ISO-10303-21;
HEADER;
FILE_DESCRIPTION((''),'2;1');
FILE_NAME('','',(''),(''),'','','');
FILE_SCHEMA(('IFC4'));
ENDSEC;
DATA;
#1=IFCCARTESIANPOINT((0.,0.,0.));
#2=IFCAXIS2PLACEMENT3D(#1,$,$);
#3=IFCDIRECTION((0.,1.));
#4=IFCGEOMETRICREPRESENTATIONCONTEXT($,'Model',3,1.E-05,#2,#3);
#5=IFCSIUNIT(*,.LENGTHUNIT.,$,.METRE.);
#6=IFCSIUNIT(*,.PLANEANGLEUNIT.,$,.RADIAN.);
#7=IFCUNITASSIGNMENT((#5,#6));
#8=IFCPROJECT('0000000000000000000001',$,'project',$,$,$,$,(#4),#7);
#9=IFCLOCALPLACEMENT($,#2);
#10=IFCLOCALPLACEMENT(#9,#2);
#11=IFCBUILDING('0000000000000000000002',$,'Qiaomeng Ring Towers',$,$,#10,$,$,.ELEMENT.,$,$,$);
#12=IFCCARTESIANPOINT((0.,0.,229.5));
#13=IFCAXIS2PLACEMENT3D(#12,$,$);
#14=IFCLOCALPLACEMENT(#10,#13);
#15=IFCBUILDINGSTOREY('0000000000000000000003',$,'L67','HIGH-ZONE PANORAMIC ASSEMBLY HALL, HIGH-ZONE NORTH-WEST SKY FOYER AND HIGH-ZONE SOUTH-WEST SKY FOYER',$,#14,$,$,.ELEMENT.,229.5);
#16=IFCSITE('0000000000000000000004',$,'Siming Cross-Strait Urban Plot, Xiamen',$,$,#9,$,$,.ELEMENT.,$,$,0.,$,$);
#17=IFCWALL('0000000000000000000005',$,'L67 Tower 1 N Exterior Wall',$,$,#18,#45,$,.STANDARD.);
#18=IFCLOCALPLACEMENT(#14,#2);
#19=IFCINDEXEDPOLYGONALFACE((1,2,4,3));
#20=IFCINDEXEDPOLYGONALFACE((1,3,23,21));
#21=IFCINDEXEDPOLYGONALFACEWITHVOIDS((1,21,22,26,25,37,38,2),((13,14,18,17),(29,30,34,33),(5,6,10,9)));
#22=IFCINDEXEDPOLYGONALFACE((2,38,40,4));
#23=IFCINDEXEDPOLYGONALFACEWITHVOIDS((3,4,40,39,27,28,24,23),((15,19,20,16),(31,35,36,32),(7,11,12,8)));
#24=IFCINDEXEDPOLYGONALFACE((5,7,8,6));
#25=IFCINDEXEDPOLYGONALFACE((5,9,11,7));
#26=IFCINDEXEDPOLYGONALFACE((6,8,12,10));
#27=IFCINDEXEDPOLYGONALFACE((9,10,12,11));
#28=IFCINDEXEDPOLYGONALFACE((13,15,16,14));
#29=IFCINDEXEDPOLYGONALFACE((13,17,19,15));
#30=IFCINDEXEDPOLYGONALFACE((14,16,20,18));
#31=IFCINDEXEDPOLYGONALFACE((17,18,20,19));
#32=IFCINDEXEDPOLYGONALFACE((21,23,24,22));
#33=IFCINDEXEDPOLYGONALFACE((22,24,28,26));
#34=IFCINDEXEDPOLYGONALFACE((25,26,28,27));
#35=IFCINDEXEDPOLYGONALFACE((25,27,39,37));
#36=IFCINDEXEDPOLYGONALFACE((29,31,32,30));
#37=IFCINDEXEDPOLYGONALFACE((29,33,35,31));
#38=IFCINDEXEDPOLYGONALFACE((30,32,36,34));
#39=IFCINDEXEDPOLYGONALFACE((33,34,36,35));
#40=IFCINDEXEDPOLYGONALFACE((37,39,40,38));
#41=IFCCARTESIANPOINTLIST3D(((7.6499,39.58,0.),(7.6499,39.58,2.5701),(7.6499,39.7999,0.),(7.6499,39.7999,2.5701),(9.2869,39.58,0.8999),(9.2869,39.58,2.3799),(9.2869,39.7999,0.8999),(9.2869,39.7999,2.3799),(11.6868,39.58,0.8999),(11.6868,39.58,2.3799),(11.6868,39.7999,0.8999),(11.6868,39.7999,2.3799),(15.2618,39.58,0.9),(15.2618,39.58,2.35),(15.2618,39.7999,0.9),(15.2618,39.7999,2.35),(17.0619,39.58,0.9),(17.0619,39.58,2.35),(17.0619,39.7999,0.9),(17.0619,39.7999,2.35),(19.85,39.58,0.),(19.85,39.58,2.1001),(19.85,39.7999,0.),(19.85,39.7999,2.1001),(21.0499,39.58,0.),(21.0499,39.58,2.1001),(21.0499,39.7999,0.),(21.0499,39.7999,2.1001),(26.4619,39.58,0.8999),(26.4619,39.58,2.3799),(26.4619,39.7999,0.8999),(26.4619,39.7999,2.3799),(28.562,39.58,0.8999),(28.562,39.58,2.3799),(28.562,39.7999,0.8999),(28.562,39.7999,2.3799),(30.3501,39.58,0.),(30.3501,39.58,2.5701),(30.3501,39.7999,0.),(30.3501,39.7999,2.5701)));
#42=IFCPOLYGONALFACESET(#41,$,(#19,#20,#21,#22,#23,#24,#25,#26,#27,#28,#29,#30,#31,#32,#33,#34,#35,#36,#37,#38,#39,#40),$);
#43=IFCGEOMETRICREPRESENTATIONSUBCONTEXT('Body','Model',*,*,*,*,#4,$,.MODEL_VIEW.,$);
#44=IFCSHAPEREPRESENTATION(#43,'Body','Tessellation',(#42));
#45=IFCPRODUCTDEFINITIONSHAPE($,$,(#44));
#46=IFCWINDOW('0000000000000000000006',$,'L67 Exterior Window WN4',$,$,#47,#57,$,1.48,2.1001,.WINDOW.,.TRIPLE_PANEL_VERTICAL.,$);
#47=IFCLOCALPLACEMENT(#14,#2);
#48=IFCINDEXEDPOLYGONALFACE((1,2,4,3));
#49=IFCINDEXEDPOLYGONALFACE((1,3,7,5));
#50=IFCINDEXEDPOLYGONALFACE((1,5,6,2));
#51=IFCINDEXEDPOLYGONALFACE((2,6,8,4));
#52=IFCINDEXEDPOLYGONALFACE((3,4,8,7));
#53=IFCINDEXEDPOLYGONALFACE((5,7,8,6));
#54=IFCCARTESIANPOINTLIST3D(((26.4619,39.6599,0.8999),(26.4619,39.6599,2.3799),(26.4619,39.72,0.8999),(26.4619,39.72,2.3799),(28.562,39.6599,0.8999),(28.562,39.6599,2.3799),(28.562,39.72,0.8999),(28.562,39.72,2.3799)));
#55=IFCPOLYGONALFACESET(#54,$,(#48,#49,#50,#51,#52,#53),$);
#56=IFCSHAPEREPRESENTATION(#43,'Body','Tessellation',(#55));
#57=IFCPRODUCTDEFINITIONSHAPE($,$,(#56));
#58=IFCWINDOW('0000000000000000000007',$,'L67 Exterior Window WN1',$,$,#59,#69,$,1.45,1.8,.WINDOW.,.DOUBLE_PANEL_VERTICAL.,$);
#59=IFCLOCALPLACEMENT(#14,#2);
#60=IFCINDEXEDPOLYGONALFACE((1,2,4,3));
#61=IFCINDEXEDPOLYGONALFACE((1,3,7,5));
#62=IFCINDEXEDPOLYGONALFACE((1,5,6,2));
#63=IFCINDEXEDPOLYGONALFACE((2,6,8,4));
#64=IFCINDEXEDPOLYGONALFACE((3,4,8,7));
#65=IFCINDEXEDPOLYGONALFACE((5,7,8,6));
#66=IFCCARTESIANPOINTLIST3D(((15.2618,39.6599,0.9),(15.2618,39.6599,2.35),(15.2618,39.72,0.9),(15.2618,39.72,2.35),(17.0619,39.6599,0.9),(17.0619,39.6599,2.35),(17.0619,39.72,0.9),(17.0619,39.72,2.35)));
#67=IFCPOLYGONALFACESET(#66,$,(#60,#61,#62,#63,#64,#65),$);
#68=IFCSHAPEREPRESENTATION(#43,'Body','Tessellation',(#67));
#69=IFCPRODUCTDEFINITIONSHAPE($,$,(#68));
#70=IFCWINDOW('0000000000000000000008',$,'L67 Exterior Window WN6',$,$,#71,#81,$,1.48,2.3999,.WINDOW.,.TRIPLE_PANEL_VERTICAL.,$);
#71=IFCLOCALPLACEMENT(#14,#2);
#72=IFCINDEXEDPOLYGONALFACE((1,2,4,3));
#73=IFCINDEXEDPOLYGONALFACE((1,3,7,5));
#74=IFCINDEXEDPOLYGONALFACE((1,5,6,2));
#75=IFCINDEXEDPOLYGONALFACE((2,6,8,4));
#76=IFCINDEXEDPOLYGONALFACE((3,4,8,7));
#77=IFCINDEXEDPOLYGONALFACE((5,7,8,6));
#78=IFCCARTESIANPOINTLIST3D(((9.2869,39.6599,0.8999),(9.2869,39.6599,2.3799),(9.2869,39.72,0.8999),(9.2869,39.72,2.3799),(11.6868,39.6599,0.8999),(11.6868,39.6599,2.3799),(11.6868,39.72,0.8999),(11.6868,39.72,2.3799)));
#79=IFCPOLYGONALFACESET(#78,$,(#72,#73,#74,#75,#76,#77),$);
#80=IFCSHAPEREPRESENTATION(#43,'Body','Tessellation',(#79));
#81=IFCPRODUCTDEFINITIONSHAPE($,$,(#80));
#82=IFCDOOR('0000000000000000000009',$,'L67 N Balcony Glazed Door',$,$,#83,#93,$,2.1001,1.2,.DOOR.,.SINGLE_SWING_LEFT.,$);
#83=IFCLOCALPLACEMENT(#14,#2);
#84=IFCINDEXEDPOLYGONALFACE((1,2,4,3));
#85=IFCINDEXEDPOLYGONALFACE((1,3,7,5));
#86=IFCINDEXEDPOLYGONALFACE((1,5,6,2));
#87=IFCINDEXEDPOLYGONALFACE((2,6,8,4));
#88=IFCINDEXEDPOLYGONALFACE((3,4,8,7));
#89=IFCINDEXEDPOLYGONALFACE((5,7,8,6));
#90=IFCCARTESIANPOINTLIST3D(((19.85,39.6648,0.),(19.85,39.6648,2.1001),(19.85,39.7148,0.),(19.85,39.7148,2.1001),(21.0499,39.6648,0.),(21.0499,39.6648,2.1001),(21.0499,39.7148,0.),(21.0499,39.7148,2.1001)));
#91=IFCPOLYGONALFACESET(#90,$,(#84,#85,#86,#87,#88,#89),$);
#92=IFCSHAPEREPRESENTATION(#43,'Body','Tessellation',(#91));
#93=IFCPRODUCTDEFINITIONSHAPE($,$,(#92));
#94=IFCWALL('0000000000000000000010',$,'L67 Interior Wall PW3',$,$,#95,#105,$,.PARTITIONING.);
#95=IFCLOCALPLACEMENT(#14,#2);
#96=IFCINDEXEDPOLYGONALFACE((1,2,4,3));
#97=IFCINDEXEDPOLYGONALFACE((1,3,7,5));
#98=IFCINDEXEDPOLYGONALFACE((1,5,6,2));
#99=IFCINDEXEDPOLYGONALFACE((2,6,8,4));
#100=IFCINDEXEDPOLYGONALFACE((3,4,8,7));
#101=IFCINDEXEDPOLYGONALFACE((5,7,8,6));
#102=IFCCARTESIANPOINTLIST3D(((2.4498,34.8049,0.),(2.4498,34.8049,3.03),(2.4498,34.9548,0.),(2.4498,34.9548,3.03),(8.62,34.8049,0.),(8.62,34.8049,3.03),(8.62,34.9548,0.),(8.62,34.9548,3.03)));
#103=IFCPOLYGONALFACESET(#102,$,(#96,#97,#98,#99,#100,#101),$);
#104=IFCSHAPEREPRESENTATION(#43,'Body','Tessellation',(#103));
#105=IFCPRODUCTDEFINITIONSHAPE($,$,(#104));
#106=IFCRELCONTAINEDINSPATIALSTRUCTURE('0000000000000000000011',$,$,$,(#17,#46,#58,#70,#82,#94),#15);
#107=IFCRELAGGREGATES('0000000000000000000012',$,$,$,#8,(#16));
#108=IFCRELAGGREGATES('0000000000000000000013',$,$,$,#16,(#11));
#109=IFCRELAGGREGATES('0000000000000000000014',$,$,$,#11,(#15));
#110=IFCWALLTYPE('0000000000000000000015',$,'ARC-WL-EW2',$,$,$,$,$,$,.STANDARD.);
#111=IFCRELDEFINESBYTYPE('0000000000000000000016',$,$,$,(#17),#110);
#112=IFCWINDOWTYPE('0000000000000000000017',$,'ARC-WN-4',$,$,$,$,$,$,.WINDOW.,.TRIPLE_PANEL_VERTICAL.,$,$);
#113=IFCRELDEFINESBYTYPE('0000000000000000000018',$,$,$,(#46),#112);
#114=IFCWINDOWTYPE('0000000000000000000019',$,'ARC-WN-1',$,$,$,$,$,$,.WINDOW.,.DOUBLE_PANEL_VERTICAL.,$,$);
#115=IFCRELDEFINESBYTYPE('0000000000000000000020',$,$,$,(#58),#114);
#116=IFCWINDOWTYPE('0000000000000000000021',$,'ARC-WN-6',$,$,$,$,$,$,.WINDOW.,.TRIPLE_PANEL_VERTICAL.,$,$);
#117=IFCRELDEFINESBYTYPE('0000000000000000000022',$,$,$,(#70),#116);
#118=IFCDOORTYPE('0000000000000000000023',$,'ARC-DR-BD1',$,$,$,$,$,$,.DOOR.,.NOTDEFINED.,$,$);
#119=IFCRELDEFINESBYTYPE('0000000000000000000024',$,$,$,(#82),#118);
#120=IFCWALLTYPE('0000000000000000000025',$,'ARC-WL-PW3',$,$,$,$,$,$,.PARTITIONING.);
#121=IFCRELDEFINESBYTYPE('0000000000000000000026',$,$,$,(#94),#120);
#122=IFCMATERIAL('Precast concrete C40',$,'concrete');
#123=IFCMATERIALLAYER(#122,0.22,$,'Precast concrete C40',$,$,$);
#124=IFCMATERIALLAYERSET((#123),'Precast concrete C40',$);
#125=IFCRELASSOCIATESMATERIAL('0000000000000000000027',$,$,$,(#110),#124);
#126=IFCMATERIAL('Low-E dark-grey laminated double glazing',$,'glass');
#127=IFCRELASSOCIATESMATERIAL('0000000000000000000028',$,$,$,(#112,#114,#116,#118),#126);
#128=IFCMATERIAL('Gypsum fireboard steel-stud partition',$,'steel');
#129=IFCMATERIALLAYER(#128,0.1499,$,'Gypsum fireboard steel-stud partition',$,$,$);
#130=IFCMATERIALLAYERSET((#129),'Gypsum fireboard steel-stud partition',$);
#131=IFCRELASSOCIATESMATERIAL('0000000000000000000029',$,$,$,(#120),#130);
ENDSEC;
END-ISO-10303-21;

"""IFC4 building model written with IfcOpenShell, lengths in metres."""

from ifc_helpers import new_model, si_unit, direction, frame, frame_2d, origin, place, context, subcontext, project, spatial, rectangle, extrude, source, transform, mapped, material, layer, layer_set, type_object, element, fill, save


model = new_model("IFC4")

# Units and contexts
model_context = context("Model", 3, precision=1e-05, world=origin(), true_north=direction((0.0, 1.0)))
body_context = subcontext(model_context, "Body", "Model", "MODEL_VIEW")
ifc_project = project(units=[si_unit("LENGTHUNIT", "METRE"), si_unit("PLANEANGLEUNIT", "RADIAN")], contexts=[model_context])

# Site, building, storey
site_placement = place(None, origin())
site = spatial("IfcSite", under=ifc_project, at=site_placement, Name="Siming Cross-Strait Urban Plot, Xiamen", CompositionType="ELEMENT", RefElevation=0.0)
building_placement = place(site_placement, origin())
building = spatial("IfcBuilding", under=site, at=building_placement, Name="Qiaomeng Ring Towers", CompositionType="ELEMENT")
storey_placement = place(building_placement, frame((0.0, 0.0, 229.5)))
storey = spatial("IfcBuildingStorey", under=building, at=storey_placement, Name="L67", Description="HIGH-ZONE PANORAMIC ASSEMBLY HALL, HIGH-ZONE NORTH-WEST SKY FOYER AND HIGH-ZONE SOUTH-WEST SKY FOYER", CompositionType="ELEMENT", Elevation=229.5)

# Shared definitions
ifc_material_1 = material(Name="Low-E dark-grey laminated double glazing", Category="glass")

# Wall, openings, windows, door
ifc_material_2 = material(Name="Precast concrete C40", Category="concrete")
ifc_layer_1 = layer(ifc_material_2, 0.22, Name="Precast concrete C40")
ifc_layer_set_1 = layer_set([ifc_layer_1], Name="Precast concrete C40")
wall_type_1 = type_object("IfcWallType", Name="ARC-WL-EW2", PredefinedType="STANDARD", material=ifc_layer_set_1)
wall_1_placement = place(storey_placement, frame((7.6499, 39.6899, 0.0), z_axis=(0.0, 0.0, 1.0), x_axis=(1.0, 0.0, 0.0)))
wall_1 = element("IfcWall", 1, at=wall_1_placement, inside=storey, type_object=wall_type_1, Name="L67 Tower 1 N Exterior Wall", PredefinedType="STANDARD", context=body_context, shape_type="SweptSolid", body=[
    extrude(rectangle(XDim=22.7002, YDim=0.22, at=frame_2d((11.3501, 0.0))), origin(), (0.0, 0.0, 1.0), 2.5701),
])
opening_1_placement = place(wall_1_placement, frame((12.2, 0.0, 0.0)))
opening_1 = element("IfcOpeningElement", 2, at=opening_1_placement, cuts=wall_1, PredefinedType="OPENING", context=body_context, shape_type="SweptSolid", body=[
    extrude(rectangle(XDim=1.2, YDim=2.1001, at=frame_2d((0.6001, 1.05))), frame((0.0, 0.1199, 0.0), z_axis=(0.0, -1.0, 0.0), x_axis=(1.0, 0.0, 0.0)), (0.0, 0.0, 1.0), 0.24),
])
opening_2_placement = place(wall_1_placement, frame((1.637, 0.0, 0.8999)))
opening_2 = element("IfcOpeningElement", 3, at=opening_2_placement, cuts=wall_1, PredefinedType="OPENING", context=body_context, shape_type="SweptSolid", body=[
    extrude(rectangle(XDim=2.3999, YDim=1.48, at=frame_2d((1.2, 0.74))), frame((0.0, 0.1199, 0.0), z_axis=(0.0, -1.0, 0.0), x_axis=(1.0, 0.0, 0.0)), (0.0, 0.0, 1.0), 0.24),
])
opening_3_placement = place(wall_1_placement, frame((7.6121, 0.0, 0.8999)))
opening_3 = element("IfcOpeningElement", 4, at=opening_3_placement, cuts=wall_1, PredefinedType="OPENING", context=body_context, shape_type="SweptSolid", body=[
    extrude(rectangle(XDim=1.8, YDim=1.45, at=frame_2d((0.8999, 0.7251))), frame((0.0, 0.1199, 0.0), z_axis=(0.0, -1.0, 0.0), x_axis=(1.0, 0.0, 0.0)), (0.0, 0.0, 1.0), 0.24),
])
opening_4_placement = place(wall_1_placement, frame((18.812, 0.0, 0.8999)))
opening_4 = element("IfcOpeningElement", 5, at=opening_4_placement, cuts=wall_1, PredefinedType="OPENING", context=body_context, shape_type="SweptSolid", body=[
    extrude(rectangle(XDim=2.1001, YDim=1.48, at=frame_2d((1.05, 0.74))), frame((0.0, 0.1199, 0.0), z_axis=(0.0, -1.0, 0.0), x_axis=(1.0, 0.0, 0.0)), (0.0, 0.0, 1.0), 0.24),
])
window_type_1 = type_object("IfcWindowType", Name="ARC-WN-4", PartitioningType="TRIPLE_PANEL_VERTICAL", PredefinedType="WINDOW", material=ifc_material_1)
shared_shape_1 = source(origin(), body_context, "Body", "SweptSolid", [
    extrude(rectangle(XDim=2.1001, YDim=1.48, at=frame_2d((1.05, 0.74))), frame((0.0, 0.03, 0.0), z_axis=(0.0, -1.0, 0.0), x_axis=(1.0, 0.0, 0.0)), (0.0, 0.0, 1.0), 0.0601),
])
window_1_placement = place(opening_4_placement, origin())
window_1 = element("IfcWindow", 6, at=window_1_placement, inside=storey, type_object=window_type_1, Name="L67 Exterior Window WN4", OverallHeight=1.48, OverallWidth=2.1001, PartitioningType="TRIPLE_PANEL_VERTICAL", PredefinedType="WINDOW", context=body_context, shape_type="MappedRepresentation", body=[
    mapped(shared_shape_1, transform((0.0, 0.0, 0.0), x_axis=(1.0, 0.0, 0.0), y_axis=(0.0, 1.0, 0.0), z_axis=(0.0, 0.0, 1.0), scale=1.0)),
])
fill(opening_4, window_1)
window_type_2 = type_object("IfcWindowType", Name="ARC-WN-1", PartitioningType="DOUBLE_PANEL_VERTICAL", PredefinedType="WINDOW", material=ifc_material_1)
shared_shape_2 = source(origin(), body_context, "Body", "SweptSolid", [
    extrude(rectangle(XDim=1.8, YDim=1.45, at=frame_2d((0.8999, 0.7251))), frame((0.0, 0.03, 0.0), z_axis=(0.0, -1.0, 0.0), x_axis=(1.0, 0.0, 0.0)), (0.0, 0.0, 1.0), 0.0601),
])
window_2_placement = place(opening_3_placement, origin())
window_2 = element("IfcWindow", 7, at=window_2_placement, inside=storey, type_object=window_type_2, Name="L67 Exterior Window WN1", OverallHeight=1.45, OverallWidth=1.8, PartitioningType="DOUBLE_PANEL_VERTICAL", PredefinedType="WINDOW", context=body_context, shape_type="MappedRepresentation", body=[
    mapped(shared_shape_2, transform((0.0, 0.0, 0.0), x_axis=(1.0, 0.0, 0.0), y_axis=(0.0, 1.0, 0.0), z_axis=(0.0, 0.0, 1.0), scale=1.0)),
])
fill(opening_3, window_2)
window_type_3 = type_object("IfcWindowType", Name="ARC-WN-6", PartitioningType="TRIPLE_PANEL_VERTICAL", PredefinedType="WINDOW", material=ifc_material_1)
shared_shape_3 = source(origin(), body_context, "Body", "SweptSolid", [
    extrude(rectangle(XDim=2.3999, YDim=1.48, at=frame_2d((1.2, 0.74))), frame((0.0, 0.03, 0.0), z_axis=(0.0, -1.0, 0.0), x_axis=(1.0, 0.0, 0.0)), (0.0, 0.0, 1.0), 0.0601),
])
window_3_placement = place(opening_2_placement, origin())
window_3 = element("IfcWindow", 8, at=window_3_placement, inside=storey, type_object=window_type_3, Name="L67 Exterior Window WN6", OverallHeight=1.48, OverallWidth=2.3999, PartitioningType="TRIPLE_PANEL_VERTICAL", PredefinedType="WINDOW", context=body_context, shape_type="MappedRepresentation", body=[
    mapped(shared_shape_3, transform((0.0, 0.0, 0.0), x_axis=(1.0, 0.0, 0.0), y_axis=(0.0, 1.0, 0.0), z_axis=(0.0, 0.0, 1.0), scale=1.0)),
])
fill(opening_2, window_3)
door_type_1 = type_object("IfcDoorType", Name="ARC-DR-BD1", OperationType="NOTDEFINED", PredefinedType="DOOR", material=ifc_material_1)
shared_shape_4 = source(origin(), body_context, "Body", "SweptSolid", [
    extrude(rectangle(XDim=1.2, YDim=2.1001, at=frame_2d((0.6001, 1.05))), frame((0.0, 0.0249, 0.0), z_axis=(0.0, -1.0, 0.0), x_axis=(1.0, 0.0, 0.0)), (0.0, 0.0, 1.0), 0.05),
])
door_1_placement = place(opening_1_placement, origin())
door_1 = element("IfcDoor", 9, at=door_1_placement, inside=storey, type_object=door_type_1, Name="L67 N Balcony Glazed Door", OperationType="SINGLE_SWING_LEFT", OverallHeight=2.1001, OverallWidth=1.2, PredefinedType="DOOR", context=body_context, shape_type="MappedRepresentation", body=[
    mapped(shared_shape_4, transform((0.0, 0.0, 0.0), x_axis=(1.0, 0.0, 0.0), y_axis=(0.0, 1.0, 0.0), z_axis=(0.0, 0.0, 1.0), scale=1.0)),
])
fill(opening_1, door_1)

# Wall
ifc_material_3 = material(Name="Gypsum fireboard steel-stud partition", Category="steel")
ifc_layer_2 = layer(ifc_material_3, 0.1499, Name="Gypsum fireboard steel-stud partition")
ifc_layer_set_2 = layer_set([ifc_layer_2], Name="Gypsum fireboard steel-stud partition")
wall_type_2 = type_object("IfcWallType", Name="ARC-WL-PW3", PredefinedType="PARTITIONING", material=ifc_layer_set_2)
wall_2_placement = place(storey_placement, frame((2.45, 34.8799, 0.0), z_axis=(0.0, 0.0, 1.0), x_axis=(1.0, 0.0, 0.0)))
element("IfcWall", 10, at=wall_2_placement, inside=storey, type_object=wall_type_2, Name="L67 Interior Wall PW3", PredefinedType="PARTITIONING", context=body_context, shape_type="SweptSolid", body=[
    extrude(rectangle(XDim=6.1702, YDim=0.1499, at=frame_2d((3.085, 0.0))), origin(), (0.0, 0.0, 1.0), 3.03),
])

save(model, "model.ifc")
